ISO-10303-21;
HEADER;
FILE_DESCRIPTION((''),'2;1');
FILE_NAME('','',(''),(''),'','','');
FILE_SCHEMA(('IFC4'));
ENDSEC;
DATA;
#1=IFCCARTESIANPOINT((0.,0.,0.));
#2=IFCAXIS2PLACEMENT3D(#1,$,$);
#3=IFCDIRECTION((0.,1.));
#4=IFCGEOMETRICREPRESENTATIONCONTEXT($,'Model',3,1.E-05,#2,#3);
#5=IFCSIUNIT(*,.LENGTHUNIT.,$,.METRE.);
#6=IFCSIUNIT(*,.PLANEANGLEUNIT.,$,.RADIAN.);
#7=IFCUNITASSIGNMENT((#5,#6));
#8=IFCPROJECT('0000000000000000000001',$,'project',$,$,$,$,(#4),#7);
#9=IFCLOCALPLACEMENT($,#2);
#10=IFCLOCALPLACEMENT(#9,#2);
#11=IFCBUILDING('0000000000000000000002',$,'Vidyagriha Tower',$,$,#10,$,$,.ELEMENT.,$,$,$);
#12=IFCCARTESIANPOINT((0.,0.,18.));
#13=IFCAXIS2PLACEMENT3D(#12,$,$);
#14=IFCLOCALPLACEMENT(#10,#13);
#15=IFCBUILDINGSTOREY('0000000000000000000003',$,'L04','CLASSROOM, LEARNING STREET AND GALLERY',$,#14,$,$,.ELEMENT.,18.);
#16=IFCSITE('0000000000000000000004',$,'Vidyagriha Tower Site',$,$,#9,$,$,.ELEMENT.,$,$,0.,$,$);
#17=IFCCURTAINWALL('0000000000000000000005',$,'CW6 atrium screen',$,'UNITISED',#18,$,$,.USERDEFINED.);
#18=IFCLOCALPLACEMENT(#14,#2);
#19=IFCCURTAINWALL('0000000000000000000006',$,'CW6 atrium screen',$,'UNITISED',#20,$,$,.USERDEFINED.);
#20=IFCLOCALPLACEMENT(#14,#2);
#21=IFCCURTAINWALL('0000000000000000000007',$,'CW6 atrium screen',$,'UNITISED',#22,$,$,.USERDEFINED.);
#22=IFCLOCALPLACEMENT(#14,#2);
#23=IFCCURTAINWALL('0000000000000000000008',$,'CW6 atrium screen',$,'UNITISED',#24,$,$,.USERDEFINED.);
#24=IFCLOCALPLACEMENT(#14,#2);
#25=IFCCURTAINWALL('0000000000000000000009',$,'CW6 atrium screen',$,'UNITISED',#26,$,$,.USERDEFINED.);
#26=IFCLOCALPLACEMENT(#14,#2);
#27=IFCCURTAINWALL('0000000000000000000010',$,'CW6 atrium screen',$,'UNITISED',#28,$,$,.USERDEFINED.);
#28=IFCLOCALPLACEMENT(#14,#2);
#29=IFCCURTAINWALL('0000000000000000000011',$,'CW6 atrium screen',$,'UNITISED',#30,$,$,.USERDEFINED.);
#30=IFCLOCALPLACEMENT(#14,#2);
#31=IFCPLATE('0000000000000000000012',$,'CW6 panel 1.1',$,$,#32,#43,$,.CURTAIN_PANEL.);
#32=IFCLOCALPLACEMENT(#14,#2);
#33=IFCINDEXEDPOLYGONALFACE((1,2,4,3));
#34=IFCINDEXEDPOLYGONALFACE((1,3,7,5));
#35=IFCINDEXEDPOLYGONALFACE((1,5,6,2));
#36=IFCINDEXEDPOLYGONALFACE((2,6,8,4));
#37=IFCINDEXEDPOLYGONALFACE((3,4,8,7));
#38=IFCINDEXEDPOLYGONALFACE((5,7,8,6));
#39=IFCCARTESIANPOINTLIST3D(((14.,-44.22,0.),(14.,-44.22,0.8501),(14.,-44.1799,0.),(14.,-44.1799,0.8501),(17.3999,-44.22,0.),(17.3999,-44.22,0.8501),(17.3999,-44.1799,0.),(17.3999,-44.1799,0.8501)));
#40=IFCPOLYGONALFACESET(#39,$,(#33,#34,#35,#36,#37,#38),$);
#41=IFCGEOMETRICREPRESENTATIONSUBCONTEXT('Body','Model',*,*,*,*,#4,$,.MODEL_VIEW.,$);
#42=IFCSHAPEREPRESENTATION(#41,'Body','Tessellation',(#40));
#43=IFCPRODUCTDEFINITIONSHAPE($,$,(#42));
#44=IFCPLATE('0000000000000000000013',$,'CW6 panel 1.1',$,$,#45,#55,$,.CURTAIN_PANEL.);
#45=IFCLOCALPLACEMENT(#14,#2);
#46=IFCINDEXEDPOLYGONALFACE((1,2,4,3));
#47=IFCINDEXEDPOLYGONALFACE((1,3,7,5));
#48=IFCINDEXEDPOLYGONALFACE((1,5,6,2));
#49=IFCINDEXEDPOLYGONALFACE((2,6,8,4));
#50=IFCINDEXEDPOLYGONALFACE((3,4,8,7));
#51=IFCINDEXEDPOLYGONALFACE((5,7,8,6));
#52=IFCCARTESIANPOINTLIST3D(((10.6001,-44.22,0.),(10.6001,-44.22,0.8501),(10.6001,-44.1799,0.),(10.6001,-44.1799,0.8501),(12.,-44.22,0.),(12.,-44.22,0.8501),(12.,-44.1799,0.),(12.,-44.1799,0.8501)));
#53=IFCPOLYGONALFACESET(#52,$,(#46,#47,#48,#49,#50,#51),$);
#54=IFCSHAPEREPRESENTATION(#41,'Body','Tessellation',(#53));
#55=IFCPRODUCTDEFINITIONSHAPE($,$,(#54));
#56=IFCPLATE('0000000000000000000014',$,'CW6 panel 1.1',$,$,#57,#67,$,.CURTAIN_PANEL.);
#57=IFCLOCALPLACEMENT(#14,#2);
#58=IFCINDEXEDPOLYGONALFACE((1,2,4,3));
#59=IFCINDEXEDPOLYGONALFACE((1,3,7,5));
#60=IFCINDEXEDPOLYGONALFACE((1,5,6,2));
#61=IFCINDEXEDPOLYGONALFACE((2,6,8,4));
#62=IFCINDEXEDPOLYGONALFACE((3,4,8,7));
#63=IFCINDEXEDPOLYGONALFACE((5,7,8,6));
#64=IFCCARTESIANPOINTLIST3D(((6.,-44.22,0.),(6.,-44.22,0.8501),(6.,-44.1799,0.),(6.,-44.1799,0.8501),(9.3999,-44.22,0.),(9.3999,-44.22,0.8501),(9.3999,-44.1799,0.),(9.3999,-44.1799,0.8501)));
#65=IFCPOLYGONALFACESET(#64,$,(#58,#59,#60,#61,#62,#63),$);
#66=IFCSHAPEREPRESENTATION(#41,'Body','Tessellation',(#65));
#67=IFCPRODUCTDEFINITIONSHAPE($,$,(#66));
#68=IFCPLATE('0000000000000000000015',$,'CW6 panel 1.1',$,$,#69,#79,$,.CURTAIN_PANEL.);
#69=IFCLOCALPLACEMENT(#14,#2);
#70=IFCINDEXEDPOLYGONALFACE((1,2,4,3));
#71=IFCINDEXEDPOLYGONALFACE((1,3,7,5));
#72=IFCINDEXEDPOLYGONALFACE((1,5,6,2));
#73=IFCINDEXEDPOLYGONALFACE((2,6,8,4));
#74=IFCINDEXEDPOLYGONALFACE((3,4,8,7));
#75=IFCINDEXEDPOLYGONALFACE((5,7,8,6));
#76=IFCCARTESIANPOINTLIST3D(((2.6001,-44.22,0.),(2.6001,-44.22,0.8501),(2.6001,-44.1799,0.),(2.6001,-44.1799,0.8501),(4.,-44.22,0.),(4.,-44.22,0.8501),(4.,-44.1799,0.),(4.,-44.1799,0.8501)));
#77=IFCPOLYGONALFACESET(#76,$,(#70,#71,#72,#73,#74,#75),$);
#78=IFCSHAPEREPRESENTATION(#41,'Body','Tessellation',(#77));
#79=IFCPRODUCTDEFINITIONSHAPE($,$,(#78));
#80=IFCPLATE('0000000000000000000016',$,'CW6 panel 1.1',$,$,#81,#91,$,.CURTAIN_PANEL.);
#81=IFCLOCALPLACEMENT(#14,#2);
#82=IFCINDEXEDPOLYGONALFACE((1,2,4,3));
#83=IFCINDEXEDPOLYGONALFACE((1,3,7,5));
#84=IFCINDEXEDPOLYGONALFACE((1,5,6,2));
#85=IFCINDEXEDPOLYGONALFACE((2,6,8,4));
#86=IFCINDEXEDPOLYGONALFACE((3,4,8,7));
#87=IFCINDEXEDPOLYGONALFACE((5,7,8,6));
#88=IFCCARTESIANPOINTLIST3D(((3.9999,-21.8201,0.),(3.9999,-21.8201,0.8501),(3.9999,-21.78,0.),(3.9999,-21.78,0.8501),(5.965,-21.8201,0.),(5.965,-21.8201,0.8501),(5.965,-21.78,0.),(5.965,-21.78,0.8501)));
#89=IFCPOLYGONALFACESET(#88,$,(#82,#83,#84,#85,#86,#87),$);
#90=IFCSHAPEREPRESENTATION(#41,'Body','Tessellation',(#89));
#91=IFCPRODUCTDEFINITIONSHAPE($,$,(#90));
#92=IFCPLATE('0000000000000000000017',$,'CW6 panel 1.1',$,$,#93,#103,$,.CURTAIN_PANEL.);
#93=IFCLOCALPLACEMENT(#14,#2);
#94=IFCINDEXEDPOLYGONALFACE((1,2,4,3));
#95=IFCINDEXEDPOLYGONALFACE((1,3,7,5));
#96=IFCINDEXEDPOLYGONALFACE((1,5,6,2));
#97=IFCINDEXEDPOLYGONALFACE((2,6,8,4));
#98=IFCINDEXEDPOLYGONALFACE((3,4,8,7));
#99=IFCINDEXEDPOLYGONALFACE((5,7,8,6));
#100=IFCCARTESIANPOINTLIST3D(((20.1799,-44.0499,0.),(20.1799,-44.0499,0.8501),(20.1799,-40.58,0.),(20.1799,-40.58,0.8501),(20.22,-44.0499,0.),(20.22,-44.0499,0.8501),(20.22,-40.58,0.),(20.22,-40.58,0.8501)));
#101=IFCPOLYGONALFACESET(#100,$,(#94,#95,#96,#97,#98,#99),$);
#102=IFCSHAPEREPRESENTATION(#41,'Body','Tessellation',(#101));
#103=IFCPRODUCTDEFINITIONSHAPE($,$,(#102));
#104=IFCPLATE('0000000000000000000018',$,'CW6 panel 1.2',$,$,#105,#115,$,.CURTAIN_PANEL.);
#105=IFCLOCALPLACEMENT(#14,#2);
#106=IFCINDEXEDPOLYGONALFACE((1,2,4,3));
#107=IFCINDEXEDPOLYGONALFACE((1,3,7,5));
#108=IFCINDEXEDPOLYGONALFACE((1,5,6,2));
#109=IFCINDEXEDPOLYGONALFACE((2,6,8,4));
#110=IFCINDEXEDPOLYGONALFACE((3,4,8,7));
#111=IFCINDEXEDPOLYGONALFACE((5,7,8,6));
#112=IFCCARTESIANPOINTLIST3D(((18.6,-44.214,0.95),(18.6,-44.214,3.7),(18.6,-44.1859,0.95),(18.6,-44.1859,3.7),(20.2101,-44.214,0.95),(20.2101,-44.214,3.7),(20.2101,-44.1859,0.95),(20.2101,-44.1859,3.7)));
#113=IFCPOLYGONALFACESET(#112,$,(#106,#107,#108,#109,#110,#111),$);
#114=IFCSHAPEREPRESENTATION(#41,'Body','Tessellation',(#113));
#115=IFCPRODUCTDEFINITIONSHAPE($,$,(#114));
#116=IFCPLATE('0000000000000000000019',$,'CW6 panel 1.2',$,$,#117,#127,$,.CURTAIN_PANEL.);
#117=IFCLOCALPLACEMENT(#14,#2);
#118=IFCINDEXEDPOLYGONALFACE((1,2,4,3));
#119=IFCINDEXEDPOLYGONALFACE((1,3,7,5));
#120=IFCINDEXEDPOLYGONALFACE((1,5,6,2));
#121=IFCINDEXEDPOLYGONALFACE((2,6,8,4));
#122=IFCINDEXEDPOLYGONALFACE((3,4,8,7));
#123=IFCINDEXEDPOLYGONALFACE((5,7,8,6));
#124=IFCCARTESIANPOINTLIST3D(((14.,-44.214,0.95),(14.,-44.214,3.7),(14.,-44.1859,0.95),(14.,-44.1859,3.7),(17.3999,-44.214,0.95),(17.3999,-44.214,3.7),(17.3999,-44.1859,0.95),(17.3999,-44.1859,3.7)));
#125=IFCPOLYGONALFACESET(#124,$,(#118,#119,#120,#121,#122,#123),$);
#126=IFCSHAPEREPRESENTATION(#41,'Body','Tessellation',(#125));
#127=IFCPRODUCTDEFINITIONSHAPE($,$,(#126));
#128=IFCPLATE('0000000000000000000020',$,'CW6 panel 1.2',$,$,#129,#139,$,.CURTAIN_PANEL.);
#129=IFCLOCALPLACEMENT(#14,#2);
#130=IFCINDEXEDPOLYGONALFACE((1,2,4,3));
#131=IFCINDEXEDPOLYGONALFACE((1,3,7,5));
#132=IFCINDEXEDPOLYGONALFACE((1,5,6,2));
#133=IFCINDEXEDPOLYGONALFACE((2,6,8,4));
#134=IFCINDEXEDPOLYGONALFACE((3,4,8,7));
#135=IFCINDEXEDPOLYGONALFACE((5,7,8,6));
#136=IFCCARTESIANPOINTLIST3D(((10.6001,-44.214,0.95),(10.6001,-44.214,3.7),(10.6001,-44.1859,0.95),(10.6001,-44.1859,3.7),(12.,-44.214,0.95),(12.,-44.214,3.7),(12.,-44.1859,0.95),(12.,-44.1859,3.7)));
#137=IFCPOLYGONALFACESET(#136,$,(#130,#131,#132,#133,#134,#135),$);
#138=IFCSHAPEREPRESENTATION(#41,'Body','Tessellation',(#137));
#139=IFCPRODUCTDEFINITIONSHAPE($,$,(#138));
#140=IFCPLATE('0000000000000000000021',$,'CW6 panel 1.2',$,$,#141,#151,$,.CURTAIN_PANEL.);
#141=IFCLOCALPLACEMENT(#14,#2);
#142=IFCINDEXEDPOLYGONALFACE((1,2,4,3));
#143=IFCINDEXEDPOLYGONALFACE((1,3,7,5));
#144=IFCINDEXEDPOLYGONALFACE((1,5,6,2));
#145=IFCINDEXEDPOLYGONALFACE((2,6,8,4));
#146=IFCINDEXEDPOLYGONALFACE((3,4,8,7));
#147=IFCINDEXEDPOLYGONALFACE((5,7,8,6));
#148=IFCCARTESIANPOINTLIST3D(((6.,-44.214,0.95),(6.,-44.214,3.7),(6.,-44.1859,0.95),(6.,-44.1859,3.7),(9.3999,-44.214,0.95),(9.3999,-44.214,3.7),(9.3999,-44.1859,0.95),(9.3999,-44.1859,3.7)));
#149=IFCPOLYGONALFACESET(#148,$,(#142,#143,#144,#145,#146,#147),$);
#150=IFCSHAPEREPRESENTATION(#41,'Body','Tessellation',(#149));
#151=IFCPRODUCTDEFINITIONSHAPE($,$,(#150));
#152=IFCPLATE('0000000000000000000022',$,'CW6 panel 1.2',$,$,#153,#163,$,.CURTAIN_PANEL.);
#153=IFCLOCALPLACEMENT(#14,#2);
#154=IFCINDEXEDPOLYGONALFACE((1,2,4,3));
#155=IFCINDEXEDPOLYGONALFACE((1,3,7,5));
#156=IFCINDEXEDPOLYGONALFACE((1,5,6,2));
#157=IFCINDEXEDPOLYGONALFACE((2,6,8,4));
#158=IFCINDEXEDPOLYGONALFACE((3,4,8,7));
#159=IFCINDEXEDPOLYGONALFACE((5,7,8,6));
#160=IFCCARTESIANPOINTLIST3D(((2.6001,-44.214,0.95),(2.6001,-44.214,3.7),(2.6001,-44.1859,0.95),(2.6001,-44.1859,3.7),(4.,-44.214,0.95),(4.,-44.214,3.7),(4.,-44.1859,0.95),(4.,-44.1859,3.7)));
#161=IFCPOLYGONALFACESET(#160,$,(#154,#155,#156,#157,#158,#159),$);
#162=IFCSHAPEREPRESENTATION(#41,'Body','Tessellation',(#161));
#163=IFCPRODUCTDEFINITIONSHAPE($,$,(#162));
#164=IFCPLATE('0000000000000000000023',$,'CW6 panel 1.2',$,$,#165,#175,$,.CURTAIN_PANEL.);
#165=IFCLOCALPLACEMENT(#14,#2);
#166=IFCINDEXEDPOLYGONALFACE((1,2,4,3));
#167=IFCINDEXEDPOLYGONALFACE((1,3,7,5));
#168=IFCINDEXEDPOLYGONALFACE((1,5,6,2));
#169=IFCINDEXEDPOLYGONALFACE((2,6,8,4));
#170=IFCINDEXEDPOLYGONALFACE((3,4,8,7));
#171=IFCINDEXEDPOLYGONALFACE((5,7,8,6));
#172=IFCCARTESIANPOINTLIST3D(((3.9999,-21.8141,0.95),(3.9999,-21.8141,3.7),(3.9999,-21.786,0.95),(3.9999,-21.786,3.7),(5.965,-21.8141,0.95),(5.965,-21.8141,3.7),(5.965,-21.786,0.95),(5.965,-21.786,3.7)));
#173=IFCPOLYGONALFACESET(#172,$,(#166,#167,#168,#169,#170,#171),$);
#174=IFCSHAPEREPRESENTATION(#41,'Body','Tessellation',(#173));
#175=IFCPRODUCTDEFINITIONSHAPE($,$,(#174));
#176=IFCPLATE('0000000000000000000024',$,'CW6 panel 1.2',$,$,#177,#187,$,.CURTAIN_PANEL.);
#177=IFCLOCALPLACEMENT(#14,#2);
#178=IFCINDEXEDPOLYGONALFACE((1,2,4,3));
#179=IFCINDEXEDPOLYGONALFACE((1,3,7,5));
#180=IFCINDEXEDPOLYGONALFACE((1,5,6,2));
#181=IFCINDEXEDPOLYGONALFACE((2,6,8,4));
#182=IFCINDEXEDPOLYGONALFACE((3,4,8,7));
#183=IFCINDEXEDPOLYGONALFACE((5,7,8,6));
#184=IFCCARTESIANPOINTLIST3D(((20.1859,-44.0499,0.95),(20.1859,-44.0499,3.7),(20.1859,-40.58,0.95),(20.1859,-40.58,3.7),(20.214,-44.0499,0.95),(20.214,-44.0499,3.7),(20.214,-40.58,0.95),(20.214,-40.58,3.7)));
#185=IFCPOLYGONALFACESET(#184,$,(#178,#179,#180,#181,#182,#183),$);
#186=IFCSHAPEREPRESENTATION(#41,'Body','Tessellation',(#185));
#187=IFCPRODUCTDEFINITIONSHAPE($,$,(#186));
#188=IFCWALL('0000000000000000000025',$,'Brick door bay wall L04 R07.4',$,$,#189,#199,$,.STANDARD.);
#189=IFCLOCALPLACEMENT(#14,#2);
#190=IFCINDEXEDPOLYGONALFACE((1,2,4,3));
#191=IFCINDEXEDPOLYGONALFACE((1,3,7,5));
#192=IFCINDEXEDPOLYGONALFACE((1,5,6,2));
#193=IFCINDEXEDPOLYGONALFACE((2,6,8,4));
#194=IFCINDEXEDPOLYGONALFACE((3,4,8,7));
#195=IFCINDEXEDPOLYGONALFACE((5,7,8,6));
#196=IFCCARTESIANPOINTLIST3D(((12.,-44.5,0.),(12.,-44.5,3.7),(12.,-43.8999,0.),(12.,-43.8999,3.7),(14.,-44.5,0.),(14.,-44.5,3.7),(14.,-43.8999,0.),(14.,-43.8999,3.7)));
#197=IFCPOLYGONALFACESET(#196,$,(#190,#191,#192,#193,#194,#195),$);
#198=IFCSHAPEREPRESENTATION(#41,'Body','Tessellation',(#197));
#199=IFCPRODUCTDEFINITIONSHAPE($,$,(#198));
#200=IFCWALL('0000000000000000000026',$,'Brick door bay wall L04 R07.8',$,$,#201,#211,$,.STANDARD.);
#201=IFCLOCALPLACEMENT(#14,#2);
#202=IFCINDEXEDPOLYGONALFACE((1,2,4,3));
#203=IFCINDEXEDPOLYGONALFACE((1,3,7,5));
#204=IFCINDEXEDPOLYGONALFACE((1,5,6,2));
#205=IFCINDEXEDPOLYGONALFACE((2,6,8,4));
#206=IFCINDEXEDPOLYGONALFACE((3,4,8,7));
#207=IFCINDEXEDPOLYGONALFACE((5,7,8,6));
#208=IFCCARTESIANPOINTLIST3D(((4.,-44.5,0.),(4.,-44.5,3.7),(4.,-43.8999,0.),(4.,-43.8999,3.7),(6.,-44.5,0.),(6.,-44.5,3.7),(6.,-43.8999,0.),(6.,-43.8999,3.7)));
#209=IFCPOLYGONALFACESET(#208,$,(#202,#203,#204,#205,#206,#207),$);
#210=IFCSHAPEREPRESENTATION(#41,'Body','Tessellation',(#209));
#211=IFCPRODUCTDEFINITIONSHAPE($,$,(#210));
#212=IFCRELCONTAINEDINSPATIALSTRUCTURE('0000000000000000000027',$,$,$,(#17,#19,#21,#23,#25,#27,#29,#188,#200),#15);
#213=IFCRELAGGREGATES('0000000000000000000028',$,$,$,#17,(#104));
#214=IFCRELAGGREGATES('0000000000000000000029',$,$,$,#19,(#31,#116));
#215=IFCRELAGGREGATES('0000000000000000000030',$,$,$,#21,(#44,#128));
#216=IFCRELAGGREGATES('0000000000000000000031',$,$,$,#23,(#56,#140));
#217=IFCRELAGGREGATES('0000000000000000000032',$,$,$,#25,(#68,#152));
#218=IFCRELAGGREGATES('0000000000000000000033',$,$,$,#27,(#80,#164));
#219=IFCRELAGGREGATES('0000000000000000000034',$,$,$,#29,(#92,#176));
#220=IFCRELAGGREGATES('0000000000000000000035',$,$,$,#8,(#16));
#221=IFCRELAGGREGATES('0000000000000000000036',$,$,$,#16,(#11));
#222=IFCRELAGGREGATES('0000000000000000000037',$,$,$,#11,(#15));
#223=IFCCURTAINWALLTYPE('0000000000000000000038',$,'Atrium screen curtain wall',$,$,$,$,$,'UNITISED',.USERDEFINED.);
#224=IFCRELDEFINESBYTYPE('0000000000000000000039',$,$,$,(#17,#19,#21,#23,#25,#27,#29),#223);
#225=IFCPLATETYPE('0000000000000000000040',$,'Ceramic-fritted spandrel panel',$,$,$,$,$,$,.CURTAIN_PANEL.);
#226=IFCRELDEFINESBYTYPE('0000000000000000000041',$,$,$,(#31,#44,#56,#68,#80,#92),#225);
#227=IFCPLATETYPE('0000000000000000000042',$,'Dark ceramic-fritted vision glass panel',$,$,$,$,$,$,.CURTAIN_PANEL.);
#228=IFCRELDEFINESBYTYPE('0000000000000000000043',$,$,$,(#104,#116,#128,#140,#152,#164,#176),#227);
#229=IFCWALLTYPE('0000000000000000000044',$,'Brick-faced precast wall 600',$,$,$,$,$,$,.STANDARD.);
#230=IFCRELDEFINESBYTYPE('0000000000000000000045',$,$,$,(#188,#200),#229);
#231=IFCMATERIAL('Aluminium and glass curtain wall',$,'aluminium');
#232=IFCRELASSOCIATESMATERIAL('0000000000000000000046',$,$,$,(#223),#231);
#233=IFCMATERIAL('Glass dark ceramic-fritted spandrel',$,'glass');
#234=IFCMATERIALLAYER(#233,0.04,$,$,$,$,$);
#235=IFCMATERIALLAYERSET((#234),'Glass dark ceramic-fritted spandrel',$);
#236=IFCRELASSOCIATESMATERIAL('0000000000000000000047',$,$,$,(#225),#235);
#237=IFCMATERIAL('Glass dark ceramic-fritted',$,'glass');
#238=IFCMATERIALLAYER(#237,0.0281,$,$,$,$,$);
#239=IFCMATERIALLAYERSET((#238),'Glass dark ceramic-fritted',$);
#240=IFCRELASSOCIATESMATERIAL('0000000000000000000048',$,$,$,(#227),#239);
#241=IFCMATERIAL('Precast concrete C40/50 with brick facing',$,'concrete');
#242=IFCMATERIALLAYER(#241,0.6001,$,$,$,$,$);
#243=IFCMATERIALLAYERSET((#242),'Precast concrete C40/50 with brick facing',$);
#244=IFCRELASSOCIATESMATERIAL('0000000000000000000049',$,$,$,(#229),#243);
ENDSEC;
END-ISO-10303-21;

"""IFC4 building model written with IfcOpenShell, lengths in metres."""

from ifc_helpers import new_model, si_unit, direction, frame, frame_2d, origin, origin_2d, place, context, subcontext, project, spatial, rectangle, extrude, material, layer, layer_set, type_object, element, aggregate, save


model = new_model("IFC4")

# Units and contexts
model_context = context("Model", 3, precision=1e-05, world=origin(), true_north=direction((0.0, 1.0)))
body_context = subcontext(model_context, "Body", "Model", "MODEL_VIEW")
ifc_project = project(units=[si_unit("LENGTHUNIT", "METRE"), si_unit("PLANEANGLEUNIT", "RADIAN")], contexts=[model_context])

# Site, building, storey
site_placement = place(None, origin())
site = spatial("IfcSite", under=ifc_project, at=site_placement, Name="Vidyagriha Tower Site", CompositionType="ELEMENT", RefElevation=0.0)
building_placement = place(site_placement, origin())
building = spatial("IfcBuilding", under=site, at=building_placement, Name="Vidyagriha Tower", CompositionType="ELEMENT")
storey_placement = place(building_placement, frame((0.0, 0.0, 18.0)))
storey = spatial("IfcBuildingStorey", under=building, at=storey_placement, Name="L04", Description="CLASSROOM, LEARNING STREET AND GALLERY", CompositionType="ELEMENT", Elevation=18.0)

# Curtain walls
ifc_material_1 = material(Name="Aluminium and glass curtain wall", Category="aluminium")
curtain_wall_type = type_object("IfcCurtainWallType", Name="Atrium screen curtain wall", ElementType="UNITISED", PredefinedType="USERDEFINED", material=ifc_material_1)
curtain_wall_1_placement = place(storey_placement, origin())
curtain_wall_1 = element("IfcCurtainWall", 1, at=curtain_wall_1_placement, inside=storey, type_object=curtain_wall_type, Name="CW6 atrium screen", ObjectType="UNITISED", PredefinedType="USERDEFINED")
curtain_wall_2_placement = place(storey_placement, origin())
curtain_wall_2 = element("IfcCurtainWall", 2, at=curtain_wall_2_placement, inside=storey, type_object=curtain_wall_type, Name="CW6 atrium screen", ObjectType="UNITISED", PredefinedType="USERDEFINED")
curtain_wall_3_placement = place(storey_placement, origin())
curtain_wall_3 = element("IfcCurtainWall", 3, at=curtain_wall_3_placement, inside=storey, type_object=curtain_wall_type, Name="CW6 atrium screen", ObjectType="UNITISED", PredefinedType="USERDEFINED")
curtain_wall_4_placement = place(storey_placement, origin())
curtain_wall_4 = element("IfcCurtainWall", 4, at=curtain_wall_4_placement, inside=storey, type_object=curtain_wall_type, Name="CW6 atrium screen", ObjectType="UNITISED", PredefinedType="USERDEFINED")
curtain_wall_5_placement = place(storey_placement, origin())
curtain_wall_5 = element("IfcCurtainWall", 5, at=curtain_wall_5_placement, inside=storey, type_object=curtain_wall_type, Name="CW6 atrium screen", ObjectType="UNITISED", PredefinedType="USERDEFINED")
curtain_wall_6_placement = place(storey_placement, origin())
curtain_wall_6 = element("IfcCurtainWall", 6, at=curtain_wall_6_placement, inside=storey, type_object=curtain_wall_type, Name="CW6 atrium screen", ObjectType="UNITISED", PredefinedType="USERDEFINED")
curtain_wall_7_placement = place(storey_placement, origin())
curtain_wall_7 = element("IfcCurtainWall", 7, at=curtain_wall_7_placement, inside=storey, type_object=curtain_wall_type, Name="CW6 atrium screen", ObjectType="UNITISED", PredefinedType="USERDEFINED")

# Plates
ifc_material_2 = material(Name="Glass dark ceramic-fritted spandrel", Category="glass")
ifc_layer_1 = layer(ifc_material_2, 0.04)
ifc_layer_set_1 = layer_set([ifc_layer_1], Name="Glass dark ceramic-fritted spandrel")
plate_type_1 = type_object("IfcPlateType", Name="Ceramic-fritted spandrel panel", PredefinedType="CURTAIN_PANEL", material=ifc_layer_set_1)
plate_1_placement = place(storey_placement, frame((15.7, -44.2, 0.0), z_axis=(0.0, 0.0, 1.0), x_axis=(-1.0, 0.0, 0.0)))
plate_1 = element("IfcPlate", 8, at=plate_1_placement, type_object=plate_type_1, Name="CW6 panel 1.1", PredefinedType="CURTAIN_PANEL", context=body_context, shape_type="SweptSolid", body=[
    extrude(rectangle(XDim=3.3999, YDim=0.04, at=origin_2d()), origin(), (0.0, 0.0, 1.0), 0.8501),
])
plate_2_placement = place(storey_placement, frame((11.3, -44.2, 0.0), z_axis=(0.0, 0.0, 1.0), x_axis=(-1.0, 0.0, 0.0)))
plate_2 = element("IfcPlate", 9, at=plate_2_placement, type_object=plate_type_1, Name="CW6 panel 1.1", PredefinedType="CURTAIN_PANEL", context=body_context, shape_type="SweptSolid", body=[
    extrude(rectangle(XDim=1.3999, YDim=0.04, at=origin_2d()), origin(), (0.0, 0.0, 1.0), 0.8501),
])
plate_3_placement = place(storey_placement, frame((7.7, -44.2, 0.0), z_axis=(0.0, 0.0, 1.0), x_axis=(-1.0, 0.0, 0.0)))
plate_3 = element("IfcPlate", 10, at=plate_3_placement, type_object=plate_type_1, Name="CW6 panel 1.1", PredefinedType="CURTAIN_PANEL", context=body_context, shape_type="SweptSolid", body=[
    extrude(rectangle(XDim=3.3999, YDim=0.04, at=origin_2d()), origin(), (0.0, 0.0, 1.0), 0.8501),
])
plate_4_placement = place(storey_placement, frame((3.3, -44.2, 0.0), z_axis=(0.0, 0.0, 1.0), x_axis=(-1.0, 0.0, 0.0)))
plate_4 = element("IfcPlate", 11, at=plate_4_placement, type_object=plate_type_1, Name="CW6 panel 1.1", PredefinedType="CURTAIN_PANEL", context=body_context, shape_type="SweptSolid", body=[
    extrude(rectangle(XDim=1.3999, YDim=0.04, at=origin_2d()), origin(), (0.0, 0.0, 1.0), 0.8501),
])
plate_5_placement = place(storey_placement, frame((4.9824, -21.8, 0.0)))
plate_5 = element("IfcPlate", 12, at=plate_5_placement, type_object=plate_type_1, Name="CW6 panel 1.1", PredefinedType="CURTAIN_PANEL", context=body_context, shape_type="SweptSolid", body=[
    extrude(rectangle(XDim=1.9651, YDim=0.04, at=origin_2d()), origin(), (0.0, 0.0, 1.0), 0.8501),
])
plate_6_placement = place(storey_placement, frame((20.2, -42.3149, 0.0), z_axis=(0.0, 0.0, 1.0), x_axis=(0.0, -1.0, 0.0)))
plate_6 = element("IfcPlate", 13, at=plate_6_placement, type_object=plate_type_1, Name="CW6 panel 1.1", PredefinedType="CURTAIN_PANEL", context=body_context, shape_type="SweptSolid", body=[
    extrude(rectangle(XDim=3.47, YDim=0.04, at=origin_2d()), origin(), (0.0, 0.0, 1.0), 0.8501),
])
ifc_material_3 = material(Name="Glass dark ceramic-fritted", Category="glass")
ifc_layer_2 = layer(ifc_material_3, 0.0281)
ifc_layer_set_2 = layer_set([ifc_layer_2], Name="Glass dark ceramic-fritted")
plate_type_2 = type_object("IfcPlateType", Name="Dark ceramic-fritted vision glass panel", PredefinedType="CURTAIN_PANEL", material=ifc_layer_set_2)
plate_7_placement = place(storey_placement, frame((19.405, -44.2, 0.95), z_axis=(0.0, 0.0, 1.0), x_axis=(-1.0, 0.0, 0.0)))
plate_7 = element("IfcPlate", 14, at=plate_7_placement, type_object=plate_type_2, Name="CW6 panel 1.2", PredefinedType="CURTAIN_PANEL", context=body_context, shape_type="SweptSolid", body=[
    extrude(rectangle(XDim=1.6101, YDim=0.0281, at=origin_2d()), origin(), (0.0, 0.0, 1.0), 2.75),
])
aggregate(curtain_wall_1, [plate_7])
plate_8_placement = place(storey_placement, frame((15.7, -44.2, 0.95), z_axis=(0.0, 0.0, 1.0), x_axis=(-1.0, 0.0, 0.0)))
plate_8 = element("IfcPlate", 15, at=plate_8_placement, type_object=plate_type_2, Name="CW6 panel 1.2", PredefinedType="CURTAIN_PANEL", context=body_context, shape_type="SweptSolid", body=[
    extrude(rectangle(XDim=3.3999, YDim=0.0281, at=origin_2d()), origin(), (0.0, 0.0, 1.0), 2.75),
])
aggregate(curtain_wall_2, [plate_1, plate_8])
plate_9_placement = place(storey_placement, frame((11.3, -44.2, 0.95), z_axis=(0.0, 0.0, 1.0), x_axis=(-1.0, 0.0, 0.0)))
plate_9 = element("IfcPlate", 16, at=plate_9_placement, type_object=plate_type_2, Name="CW6 panel 1.2", PredefinedType="CURTAIN_PANEL", context=body_context, shape_type="SweptSolid", body=[
    extrude(rectangle(XDim=1.3999, YDim=0.0281, at=origin_2d()), origin(), (0.0, 0.0, 1.0), 2.75),
])
aggregate(curtain_wall_3, [plate_2, plate_9])
plate_10_placement = place(storey_placement, frame((7.7, -44.2, 0.95), z_axis=(0.0, 0.0, 1.0), x_axis=(-1.0, 0.0, 0.0)))
plate_10 = element("IfcPlate", 17, at=plate_10_placement, type_object=plate_type_2, Name="CW6 panel 1.2", PredefinedType="CURTAIN_PANEL", context=body_context, shape_type="SweptSolid", body=[
    extrude(rectangle(XDim=3.3999, YDim=0.0281, at=origin_2d()), origin(), (0.0, 0.0, 1.0), 2.75),
])
aggregate(curtain_wall_4, [plate_3, plate_10])
plate_11_placement = place(storey_placement, frame((3.3, -44.2, 0.95), z_axis=(0.0, 0.0, 1.0), x_axis=(-1.0, 0.0, 0.0)))
plate_11 = element("IfcPlate", 18, at=plate_11_placement, type_object=plate_type_2, Name="CW6 panel 1.2", PredefinedType="CURTAIN_PANEL", context=body_context, shape_type="SweptSolid", body=[
    extrude(rectangle(XDim=1.3999, YDim=0.0281, at=origin_2d()), origin(), (0.0, 0.0, 1.0), 2.75),
])
aggregate(curtain_wall_5, [plate_4, plate_11])
plate_12_placement = place(storey_placement, frame((4.9824, -21.8, 0.95)))
plate_12 = element("IfcPlate", 19, at=plate_12_placement, type_object=plate_type_2, Name="CW6 panel 1.2", PredefinedType="CURTAIN_PANEL", context=body_context, shape_type="SweptSolid", body=[
    extrude(rectangle(XDim=1.9651, YDim=0.0281, at=origin_2d()), origin(), (0.0, 0.0, 1.0), 2.75),
])
aggregate(curtain_wall_6, [plate_5, plate_12])
plate_13_placement = place(storey_placement, frame((20.2, -42.3149, 0.95), z_axis=(0.0, 0.0, 1.0), x_axis=(0.0, -1.0, 0.0)))
plate_13 = element("IfcPlate", 20, at=plate_13_placement, type_object=plate_type_2, Name="CW6 panel 1.2", PredefinedType="CURTAIN_PANEL", context=body_context, shape_type="SweptSolid", body=[
    extrude(rectangle(XDim=3.47, YDim=0.0281, at=origin_2d()), origin(), (0.0, 0.0, 1.0), 2.75),
])
aggregate(curtain_wall_7, [plate_6, plate_13])

# Walls
ifc_material_4 = material(Name="Precast concrete C40/50 with brick facing", Category="concrete")
ifc_layer_3 = layer(ifc_material_4, 0.6001)
ifc_layer_set_3 = layer_set([ifc_layer_3], Name="Precast concrete C40/50 with brick facing")
wall_type = type_object("IfcWallType", Name="Brick-faced precast wall 600", PredefinedType="STANDARD", material=ifc_layer_set_3)
for number, where, z_axis, x_axis, name in (
    (21, (14.0, -44.2, 0.0), (0.0, 0.0, 1.0), (-1.0, 0.0, 0.0), "Brick door bay wall L04 R07.4"),
    (22, (6.0, -44.2, 0.0), (0.0, 0.0, 1.0), (-1.0, 0.0, 0.0), "Brick door bay wall L04 R07.8"),
):
    element("IfcWall", number, at=place(storey_placement, frame(where, z_axis=z_axis, x_axis=x_axis)), inside=storey, type_object=wall_type, Name=name, PredefinedType="STANDARD", context=body_context, shape_type="SweptSolid", body=[
        extrude(rectangle(XDim=2.0, YDim=0.6001, at=frame_2d((1.0, 0.0))), origin(), (0.0, 0.0, 1.0), 3.7),
    ])

save(model, "model.ifc")
